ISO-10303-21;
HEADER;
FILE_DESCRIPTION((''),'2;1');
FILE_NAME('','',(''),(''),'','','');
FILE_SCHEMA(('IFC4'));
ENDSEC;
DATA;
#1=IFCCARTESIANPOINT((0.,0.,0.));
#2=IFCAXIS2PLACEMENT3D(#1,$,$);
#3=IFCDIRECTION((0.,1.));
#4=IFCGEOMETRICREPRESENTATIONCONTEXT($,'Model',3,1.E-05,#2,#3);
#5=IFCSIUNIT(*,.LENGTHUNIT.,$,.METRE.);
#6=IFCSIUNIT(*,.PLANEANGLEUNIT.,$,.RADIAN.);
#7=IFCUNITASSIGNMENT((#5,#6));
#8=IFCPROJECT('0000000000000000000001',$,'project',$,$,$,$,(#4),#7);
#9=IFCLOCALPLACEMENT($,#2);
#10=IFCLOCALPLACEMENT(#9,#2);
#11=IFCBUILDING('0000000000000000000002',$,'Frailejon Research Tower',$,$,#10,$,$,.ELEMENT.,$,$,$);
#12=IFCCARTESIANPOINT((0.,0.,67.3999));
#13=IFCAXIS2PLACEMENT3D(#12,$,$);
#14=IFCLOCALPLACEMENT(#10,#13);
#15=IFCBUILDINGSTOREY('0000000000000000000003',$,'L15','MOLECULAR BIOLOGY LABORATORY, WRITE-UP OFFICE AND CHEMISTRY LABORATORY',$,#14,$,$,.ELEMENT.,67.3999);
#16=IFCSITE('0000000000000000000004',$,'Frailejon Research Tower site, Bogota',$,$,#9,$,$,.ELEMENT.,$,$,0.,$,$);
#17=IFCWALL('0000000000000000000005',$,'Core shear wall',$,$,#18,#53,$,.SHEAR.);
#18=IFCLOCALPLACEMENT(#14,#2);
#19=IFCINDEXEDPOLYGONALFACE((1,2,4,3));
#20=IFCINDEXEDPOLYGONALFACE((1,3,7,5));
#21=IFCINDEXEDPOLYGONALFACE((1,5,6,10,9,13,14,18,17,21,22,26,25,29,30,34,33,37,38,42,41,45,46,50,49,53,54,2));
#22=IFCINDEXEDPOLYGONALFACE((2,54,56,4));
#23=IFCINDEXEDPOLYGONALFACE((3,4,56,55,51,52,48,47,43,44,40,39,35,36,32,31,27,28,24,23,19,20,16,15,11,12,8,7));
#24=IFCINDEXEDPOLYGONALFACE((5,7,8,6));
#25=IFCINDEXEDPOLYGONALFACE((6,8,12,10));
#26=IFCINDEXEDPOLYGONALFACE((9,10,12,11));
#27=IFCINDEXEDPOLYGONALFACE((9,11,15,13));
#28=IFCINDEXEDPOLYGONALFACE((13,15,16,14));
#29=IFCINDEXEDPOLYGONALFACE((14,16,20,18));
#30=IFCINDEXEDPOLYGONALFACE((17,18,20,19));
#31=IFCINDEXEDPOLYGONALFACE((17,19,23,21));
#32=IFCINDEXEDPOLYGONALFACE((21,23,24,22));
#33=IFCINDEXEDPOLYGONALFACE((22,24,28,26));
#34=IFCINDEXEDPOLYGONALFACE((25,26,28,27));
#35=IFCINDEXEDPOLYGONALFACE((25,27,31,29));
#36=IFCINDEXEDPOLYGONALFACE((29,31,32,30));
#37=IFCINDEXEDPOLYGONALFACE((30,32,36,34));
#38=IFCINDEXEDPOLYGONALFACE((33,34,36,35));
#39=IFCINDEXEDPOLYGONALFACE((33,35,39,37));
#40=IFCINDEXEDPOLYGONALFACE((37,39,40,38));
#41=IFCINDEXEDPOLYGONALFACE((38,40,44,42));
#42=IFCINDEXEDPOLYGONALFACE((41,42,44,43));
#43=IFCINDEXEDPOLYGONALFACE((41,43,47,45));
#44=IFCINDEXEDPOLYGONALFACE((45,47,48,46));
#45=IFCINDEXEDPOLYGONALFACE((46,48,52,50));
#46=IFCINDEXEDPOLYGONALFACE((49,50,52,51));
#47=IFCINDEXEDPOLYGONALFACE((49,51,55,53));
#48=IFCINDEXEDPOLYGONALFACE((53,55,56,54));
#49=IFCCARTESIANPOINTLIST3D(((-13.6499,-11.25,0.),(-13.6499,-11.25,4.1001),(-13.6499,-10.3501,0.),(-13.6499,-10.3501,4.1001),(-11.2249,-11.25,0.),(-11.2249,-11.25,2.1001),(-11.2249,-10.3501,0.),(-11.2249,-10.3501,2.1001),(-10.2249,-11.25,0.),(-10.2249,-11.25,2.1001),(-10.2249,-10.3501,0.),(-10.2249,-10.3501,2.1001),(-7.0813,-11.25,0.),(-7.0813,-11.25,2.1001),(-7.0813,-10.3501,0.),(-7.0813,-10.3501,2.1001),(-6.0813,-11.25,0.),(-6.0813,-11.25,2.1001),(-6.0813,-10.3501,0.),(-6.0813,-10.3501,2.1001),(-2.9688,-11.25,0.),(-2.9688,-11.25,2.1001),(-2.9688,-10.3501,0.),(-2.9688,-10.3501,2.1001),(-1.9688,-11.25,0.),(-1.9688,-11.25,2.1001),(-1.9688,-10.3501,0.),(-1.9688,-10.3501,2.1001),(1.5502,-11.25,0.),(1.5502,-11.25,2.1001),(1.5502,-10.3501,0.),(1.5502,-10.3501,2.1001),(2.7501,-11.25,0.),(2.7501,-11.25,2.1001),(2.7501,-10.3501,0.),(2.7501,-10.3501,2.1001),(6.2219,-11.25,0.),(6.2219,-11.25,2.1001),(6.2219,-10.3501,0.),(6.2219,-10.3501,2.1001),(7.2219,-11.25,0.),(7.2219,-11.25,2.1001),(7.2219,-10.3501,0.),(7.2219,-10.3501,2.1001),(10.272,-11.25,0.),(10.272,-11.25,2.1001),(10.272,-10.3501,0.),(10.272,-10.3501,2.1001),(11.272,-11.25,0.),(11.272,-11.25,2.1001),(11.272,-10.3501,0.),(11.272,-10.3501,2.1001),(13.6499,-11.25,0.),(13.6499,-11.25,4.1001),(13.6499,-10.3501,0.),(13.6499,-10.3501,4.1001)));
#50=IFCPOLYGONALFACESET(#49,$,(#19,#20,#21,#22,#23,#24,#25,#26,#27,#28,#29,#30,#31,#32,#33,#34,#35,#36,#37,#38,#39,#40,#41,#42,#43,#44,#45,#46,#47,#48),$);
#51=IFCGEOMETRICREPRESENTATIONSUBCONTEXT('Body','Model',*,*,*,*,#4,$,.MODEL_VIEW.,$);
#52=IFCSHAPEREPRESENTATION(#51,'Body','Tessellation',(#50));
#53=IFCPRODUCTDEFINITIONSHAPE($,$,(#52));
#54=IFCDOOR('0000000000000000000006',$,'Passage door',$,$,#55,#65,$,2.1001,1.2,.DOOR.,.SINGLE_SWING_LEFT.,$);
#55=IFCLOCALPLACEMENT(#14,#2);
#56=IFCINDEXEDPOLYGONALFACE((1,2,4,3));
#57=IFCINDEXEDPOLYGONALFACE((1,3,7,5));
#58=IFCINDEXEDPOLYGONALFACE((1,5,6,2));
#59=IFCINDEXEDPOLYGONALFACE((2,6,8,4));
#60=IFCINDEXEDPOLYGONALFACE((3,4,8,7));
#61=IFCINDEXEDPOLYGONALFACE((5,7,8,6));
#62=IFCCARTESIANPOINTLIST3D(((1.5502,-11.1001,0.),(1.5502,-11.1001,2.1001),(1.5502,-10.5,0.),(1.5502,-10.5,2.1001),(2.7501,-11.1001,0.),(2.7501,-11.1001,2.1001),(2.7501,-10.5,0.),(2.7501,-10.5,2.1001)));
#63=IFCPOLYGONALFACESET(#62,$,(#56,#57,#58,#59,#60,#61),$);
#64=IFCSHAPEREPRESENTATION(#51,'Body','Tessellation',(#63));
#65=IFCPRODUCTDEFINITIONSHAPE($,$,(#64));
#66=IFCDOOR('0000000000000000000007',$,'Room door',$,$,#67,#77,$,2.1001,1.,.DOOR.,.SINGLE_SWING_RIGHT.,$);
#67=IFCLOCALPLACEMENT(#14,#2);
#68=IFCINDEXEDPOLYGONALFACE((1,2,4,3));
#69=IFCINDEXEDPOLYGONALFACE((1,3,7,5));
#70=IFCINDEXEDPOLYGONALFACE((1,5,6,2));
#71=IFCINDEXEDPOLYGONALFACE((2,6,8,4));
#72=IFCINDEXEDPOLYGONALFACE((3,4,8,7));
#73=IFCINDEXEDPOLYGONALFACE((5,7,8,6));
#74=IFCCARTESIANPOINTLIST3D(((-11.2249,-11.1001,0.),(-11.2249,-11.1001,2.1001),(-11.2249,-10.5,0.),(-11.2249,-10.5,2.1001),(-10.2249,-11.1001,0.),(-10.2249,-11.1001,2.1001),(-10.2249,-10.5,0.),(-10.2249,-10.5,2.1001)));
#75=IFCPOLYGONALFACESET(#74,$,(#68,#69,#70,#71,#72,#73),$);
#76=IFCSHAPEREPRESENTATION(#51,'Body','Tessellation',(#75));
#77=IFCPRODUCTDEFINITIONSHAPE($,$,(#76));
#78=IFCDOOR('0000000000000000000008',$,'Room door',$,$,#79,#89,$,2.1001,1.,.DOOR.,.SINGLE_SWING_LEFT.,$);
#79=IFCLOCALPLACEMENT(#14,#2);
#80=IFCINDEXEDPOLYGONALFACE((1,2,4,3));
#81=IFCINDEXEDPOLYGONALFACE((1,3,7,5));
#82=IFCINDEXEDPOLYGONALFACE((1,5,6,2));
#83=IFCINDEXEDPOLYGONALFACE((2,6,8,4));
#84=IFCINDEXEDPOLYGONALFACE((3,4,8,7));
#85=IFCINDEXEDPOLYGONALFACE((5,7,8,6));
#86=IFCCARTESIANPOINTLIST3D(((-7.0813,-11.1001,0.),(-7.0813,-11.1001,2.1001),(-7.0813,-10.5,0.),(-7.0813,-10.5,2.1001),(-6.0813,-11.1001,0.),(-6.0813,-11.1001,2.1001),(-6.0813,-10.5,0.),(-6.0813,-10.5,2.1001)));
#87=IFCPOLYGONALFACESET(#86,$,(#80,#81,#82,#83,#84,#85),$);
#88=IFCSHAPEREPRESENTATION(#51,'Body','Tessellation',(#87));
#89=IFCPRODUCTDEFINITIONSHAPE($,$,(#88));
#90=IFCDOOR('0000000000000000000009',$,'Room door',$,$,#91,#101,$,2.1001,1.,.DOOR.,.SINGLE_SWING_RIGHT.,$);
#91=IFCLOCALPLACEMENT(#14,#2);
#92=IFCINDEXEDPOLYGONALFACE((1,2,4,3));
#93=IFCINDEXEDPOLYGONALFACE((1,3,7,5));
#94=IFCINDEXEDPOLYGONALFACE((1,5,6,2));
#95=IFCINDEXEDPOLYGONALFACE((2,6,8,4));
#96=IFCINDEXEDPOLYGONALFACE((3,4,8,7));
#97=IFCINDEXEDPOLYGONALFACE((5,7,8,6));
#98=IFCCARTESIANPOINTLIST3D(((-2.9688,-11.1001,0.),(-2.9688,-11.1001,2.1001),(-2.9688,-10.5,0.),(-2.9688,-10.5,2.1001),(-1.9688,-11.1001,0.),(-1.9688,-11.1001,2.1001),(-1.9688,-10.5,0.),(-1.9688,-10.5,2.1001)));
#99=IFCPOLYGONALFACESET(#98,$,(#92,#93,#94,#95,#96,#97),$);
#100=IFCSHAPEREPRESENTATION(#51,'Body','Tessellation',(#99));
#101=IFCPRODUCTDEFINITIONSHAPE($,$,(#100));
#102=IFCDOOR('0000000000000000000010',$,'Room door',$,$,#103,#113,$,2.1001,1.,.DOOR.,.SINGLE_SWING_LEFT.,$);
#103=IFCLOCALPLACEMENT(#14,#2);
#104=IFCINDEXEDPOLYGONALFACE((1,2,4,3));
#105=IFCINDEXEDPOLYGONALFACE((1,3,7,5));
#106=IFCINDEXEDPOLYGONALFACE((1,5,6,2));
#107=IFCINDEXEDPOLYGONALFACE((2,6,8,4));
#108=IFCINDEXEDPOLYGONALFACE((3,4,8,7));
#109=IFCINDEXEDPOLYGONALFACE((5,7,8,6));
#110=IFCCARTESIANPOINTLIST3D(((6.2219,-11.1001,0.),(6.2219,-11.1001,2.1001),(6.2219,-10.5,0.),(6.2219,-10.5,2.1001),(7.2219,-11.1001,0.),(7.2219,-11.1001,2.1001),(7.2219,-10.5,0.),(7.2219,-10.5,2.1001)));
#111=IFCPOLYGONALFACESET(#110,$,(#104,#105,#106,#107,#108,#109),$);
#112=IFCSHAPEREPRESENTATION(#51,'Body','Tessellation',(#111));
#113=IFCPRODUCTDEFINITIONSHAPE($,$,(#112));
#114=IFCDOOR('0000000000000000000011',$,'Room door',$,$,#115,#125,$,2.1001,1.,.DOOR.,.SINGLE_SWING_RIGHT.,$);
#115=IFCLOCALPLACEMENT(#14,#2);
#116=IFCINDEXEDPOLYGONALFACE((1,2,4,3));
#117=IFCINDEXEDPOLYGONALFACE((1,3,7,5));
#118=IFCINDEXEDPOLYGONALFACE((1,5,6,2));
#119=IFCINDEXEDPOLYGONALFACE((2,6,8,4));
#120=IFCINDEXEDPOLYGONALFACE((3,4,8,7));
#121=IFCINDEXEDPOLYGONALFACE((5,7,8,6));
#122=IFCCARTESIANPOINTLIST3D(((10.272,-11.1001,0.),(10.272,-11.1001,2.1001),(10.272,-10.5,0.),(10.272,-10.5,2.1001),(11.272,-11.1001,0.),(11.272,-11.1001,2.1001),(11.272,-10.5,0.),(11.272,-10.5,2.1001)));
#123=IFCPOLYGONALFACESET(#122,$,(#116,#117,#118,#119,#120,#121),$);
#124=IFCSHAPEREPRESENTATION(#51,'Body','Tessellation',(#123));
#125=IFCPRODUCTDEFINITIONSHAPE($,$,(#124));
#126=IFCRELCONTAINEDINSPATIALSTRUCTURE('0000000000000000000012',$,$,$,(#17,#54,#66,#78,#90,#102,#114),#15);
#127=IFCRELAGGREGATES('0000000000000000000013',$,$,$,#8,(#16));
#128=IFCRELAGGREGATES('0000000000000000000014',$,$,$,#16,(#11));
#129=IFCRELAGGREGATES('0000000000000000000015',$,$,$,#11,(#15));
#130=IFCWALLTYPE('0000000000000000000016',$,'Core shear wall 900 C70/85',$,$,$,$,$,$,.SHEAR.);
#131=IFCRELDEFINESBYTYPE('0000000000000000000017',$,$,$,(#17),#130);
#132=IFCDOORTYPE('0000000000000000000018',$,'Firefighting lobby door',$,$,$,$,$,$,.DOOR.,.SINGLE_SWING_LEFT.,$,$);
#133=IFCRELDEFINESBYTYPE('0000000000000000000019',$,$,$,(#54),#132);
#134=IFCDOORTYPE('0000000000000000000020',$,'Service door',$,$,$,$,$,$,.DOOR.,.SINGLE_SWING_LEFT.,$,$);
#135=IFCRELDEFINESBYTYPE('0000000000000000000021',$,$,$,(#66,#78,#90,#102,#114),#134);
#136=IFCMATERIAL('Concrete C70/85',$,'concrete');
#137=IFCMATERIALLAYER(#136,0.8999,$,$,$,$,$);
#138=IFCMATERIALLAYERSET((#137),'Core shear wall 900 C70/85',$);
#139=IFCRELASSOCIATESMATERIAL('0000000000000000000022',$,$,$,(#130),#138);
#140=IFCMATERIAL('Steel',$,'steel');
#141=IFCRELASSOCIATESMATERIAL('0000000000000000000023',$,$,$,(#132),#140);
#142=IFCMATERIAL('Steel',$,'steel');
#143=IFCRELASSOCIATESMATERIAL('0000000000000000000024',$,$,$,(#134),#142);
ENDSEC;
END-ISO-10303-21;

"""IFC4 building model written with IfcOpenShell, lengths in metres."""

from ifc_helpers import new_model, si_unit, direction, frame, frame_2d, origin, place, context, subcontext, project, spatial, rectangle, extrude, material, layer, layer_set, type_object, element, fill, save


model = new_model("IFC4")

# Units and contexts
model_context = context("Model", 3, precision=1e-05, world=origin(), true_north=direction((0.0, 1.0)))
body_context = subcontext(model_context, "Body", "Model", "MODEL_VIEW")
ifc_project = project(units=[si_unit("LENGTHUNIT", "METRE"), si_unit("PLANEANGLEUNIT", "RADIAN")], contexts=[model_context])

# Site, building, storey
site_placement = place(None, origin())
site = spatial("IfcSite", under=ifc_project, at=site_placement, Name="Frailejon Research Tower site, Bogota", CompositionType="ELEMENT", RefElevation=0.0)
building_placement = place(site_placement, origin())
building = spatial("IfcBuilding", under=site, at=building_placement, Name="Frailejon Research Tower", CompositionType="ELEMENT")
storey_placement = place(building_placement, frame((0.0, 0.0, 67.3999)))
storey = spatial("IfcBuildingStorey", under=building, at=storey_placement, Name="L15", Description="MOLECULAR BIOLOGY LABORATORY, WRITE-UP OFFICE AND CHEMISTRY LABORATORY", CompositionType="ELEMENT", Elevation=67.3999)

# Wall, openings, doors
ifc_material_1 = material(Name="Concrete C70/85", Category="concrete")
ifc_layer_1 = layer(ifc_material_1, 0.8999)
ifc_layer_set_1 = layer_set([ifc_layer_1], Name="Core shear wall 900 C70/85")
wall_type_1 = type_object("IfcWallType", Name="Core shear wall 900 C70/85", PredefinedType="SHEAR", material=ifc_layer_set_1)
wall_1_placement = place(storey_placement, frame((-13.6499, -10.8, 0.0), z_axis=(0.0, 0.0, 1.0), x_axis=(1.0, 0.0, 0.0)))
wall_1 = element("IfcWall", 1, at=wall_1_placement, inside=storey, type_object=wall_type_1, Name="Core shear wall", PredefinedType="SHEAR", context=body_context, shape_type="SweptSolid", body=[
    extrude(rectangle(XDim=27.2998, YDim=0.8999, at=frame_2d((13.6499, 0.0))), origin(), (0.0, 0.0, 1.0), 4.1001),
])
opening_1_placement = place(wall_1_placement, frame((2.425, 0.0, 0.0)))
opening_1 = element("IfcOpeningElement", 2, at=opening_1_placement, cuts=wall_1, PredefinedType="OPENING", context=body_context, shape_type="SweptSolid", body=[
    extrude(rectangle(XDim=1.0, YDim=2.1001, at=frame_2d((0.5, 1.05))), frame((0.0, 0.46, 0.0), z_axis=(0.0, -1.0, 0.0), x_axis=(1.0, 0.0, 0.0)), (0.0, 0.0, 1.0), 0.9199),
])
opening_2_placement = place(wall_1_placement, frame((6.5686, 0.0, 0.0)))
opening_2 = element("IfcOpeningElement", 3, at=opening_2_placement, cuts=wall_1, PredefinedType="OPENING", context=body_context, shape_type="SweptSolid", body=[
    extrude(rectangle(XDim=1.0, YDim=2.1001, at=frame_2d((0.5, 1.05))), frame((0.0, 0.46, 0.0), z_axis=(0.0, -1.0, 0.0), x_axis=(1.0, 0.0, 0.0)), (0.0, 0.0, 1.0), 0.9199),
])
opening_3_placement = place(wall_1_placement, frame((10.6812, 0.0, 0.0)))
opening_3 = element("IfcOpeningElement", 4, at=opening_3_placement, cuts=wall_1, PredefinedType="OPENING", context=body_context, shape_type="SweptSolid", body=[
    extrude(rectangle(XDim=1.0, YDim=2.1001, at=frame_2d((0.5, 1.05))), frame((0.0, 0.46, 0.0), z_axis=(0.0, -1.0, 0.0), x_axis=(1.0, 0.0, 0.0)), (0.0, 0.0, 1.0), 0.9199),
])
opening_4_placement = place(wall_1_placement, frame((19.8718, 0.0, 0.0)))
opening_4 = element("IfcOpeningElement", 5, at=opening_4_placement, cuts=wall_1, PredefinedType="OPENING", context=body_context, shape_type="SweptSolid", body=[
    extrude(rectangle(XDim=1.0, YDim=2.1001, at=frame_2d((0.5, 1.05))), frame((0.0, 0.46, 0.0), z_axis=(0.0, -1.0, 0.0), x_axis=(1.0, 0.0, 0.0)), (0.0, 0.0, 1.0), 0.9199),
])
opening_5_placement = place(wall_1_placement, frame((23.9219, 0.0, 0.0)))
opening_5 = element("IfcOpeningElement", 6, at=opening_5_placement, cuts=wall_1, PredefinedType="OPENING", context=body_context, shape_type="SweptSolid", body=[
    extrude(rectangle(XDim=1.0, YDim=2.1001, at=frame_2d((0.5, 1.05))), frame((0.0, 0.46, 0.0), z_axis=(0.0, -1.0, 0.0), x_axis=(1.0, 0.0, 0.0)), (0.0, 0.0, 1.0), 0.9199),
])
opening_6_placement = place(wall_1_placement, frame((15.2, 0.0, 0.0)))
opening_6 = element("IfcOpeningElement", 7, at=opening_6_placement, cuts=wall_1, PredefinedType="OPENING", context=body_context, shape_type="SweptSolid", body=[
    extrude(rectangle(XDim=1.2, YDim=2.1001, at=frame_2d((0.6001, 1.05))), frame((0.0, 0.46, 0.0), z_axis=(0.0, -1.0, 0.0), x_axis=(1.0, 0.0, 0.0)), (0.0, 0.0, 1.0), 0.9199),
])
ifc_material_2 = material(Name="Steel", Category="steel")
door_type_1 = type_object("IfcDoorType", Name="Firefighting lobby door", OperationType="SINGLE_SWING_LEFT", PredefinedType="DOOR", material=ifc_material_2)
door_1_placement = place(opening_6_placement, origin())
door_1 = element("IfcDoor", 8, at=door_1_placement, inside=storey, type_object=door_type_1, Name="Passage door", OperationType="SINGLE_SWING_LEFT", OverallHeight=2.1001, OverallWidth=1.2, PredefinedType="DOOR", context=body_context, shape_type="SweptSolid", body=[
    extrude(rectangle(XDim=1.2, YDim=2.1001, at=frame_2d((0.6001, 1.05))), frame((0.0, 0.3, 0.0), z_axis=(0.0, -1.0, 0.0), x_axis=(1.0, 0.0, 0.0)), (0.0, 0.0, 1.0), 0.6001),
])
fill(opening_6, door_1)
ifc_material_3 = material(Name="Steel", Category="steel")
door_type_2 = type_object("IfcDoorType", Name="Service door", OperationType="SINGLE_SWING_LEFT", PredefinedType="DOOR", material=ifc_material_3)
door_2_placement = place(opening_1_placement, origin())
door_2 = element("IfcDoor", 9, at=door_2_placement, inside=storey, type_object=door_type_2, Name="Room door", OperationType="SINGLE_SWING_RIGHT", OverallHeight=2.1001, OverallWidth=1.0, PredefinedType="DOOR", context=body_context, shape_type="SweptSolid", body=[
    extrude(rectangle(XDim=1.0, YDim=2.1001, at=frame_2d((0.5, 1.05))), frame((0.0, 0.3, 0.0), z_axis=(0.0, -1.0, 0.0), x_axis=(1.0, 0.0, 0.0)), (0.0, 0.0, 1.0), 0.6001),
])
fill(opening_1, door_2)
door_3_placement = place(opening_2_placement, origin())
door_3 = element("IfcDoor", 10, at=door_3_placement, inside=storey, type_object=door_type_2, Name="Room door", OperationType="SINGLE_SWING_LEFT", OverallHeight=2.1001, OverallWidth=1.0, PredefinedType="DOOR", context=body_context, shape_type="SweptSolid", body=[
    extrude(rectangle(XDim=1.0, YDim=2.1001, at=frame_2d((0.5, 1.05))), frame((0.0, 0.3, 0.0), z_axis=(0.0, -1.0, 0.0), x_axis=(1.0, 0.0, 0.0)), (0.0, 0.0, 1.0), 0.6001),
])
fill(opening_2, door_3)
door_4_placement = place(opening_3_placement, origin())
door_4 = element("IfcDoor", 11, at=door_4_placement, inside=storey, type_object=door_type_2, Name="Room door", OperationType="SINGLE_SWING_RIGHT", OverallHeight=2.1001, OverallWidth=1.0, PredefinedType="DOOR", context=body_context, shape_type="SweptSolid", body=[
    extrude(rectangle(XDim=1.0, YDim=2.1001, at=frame_2d((0.5, 1.05))), frame((0.0, 0.3, 0.0), z_axis=(0.0, -1.0, 0.0), x_axis=(1.0, 0.0, 0.0)), (0.0, 0.0, 1.0), 0.6001),
])
fill(opening_3, door_4)
door_5_placement = place(opening_4_placement, origin())
door_5 = element("IfcDoor", 12, at=door_5_placement, inside=storey, type_object=door_type_2, Name="Room door", OperationType="SINGLE_SWING_LEFT", OverallHeight=2.1001, OverallWidth=1.0, PredefinedType="DOOR", context=body_context, shape_type="SweptSolid", body=[
    extrude(rectangle(XDim=1.0, YDim=2.1001, at=frame_2d((0.5, 1.05))), frame((0.0, 0.3, 0.0), z_axis=(0.0, -1.0, 0.0), x_axis=(1.0, 0.0, 0.0)), (0.0, 0.0, 1.0), 0.6001),
])
fill(opening_4, door_5)
door_6_placement = place(opening_5_placement, origin())
door_6 = element("IfcDoor", 13, at=door_6_placement, inside=storey, type_object=door_type_2, Name="Room door", OperationType="SINGLE_SWING_RIGHT", OverallHeight=2.1001, OverallWidth=1.0, PredefinedType="DOOR", context=body_context, shape_type="SweptSolid", body=[
    extrude(rectangle(XDim=1.0, YDim=2.1001, at=frame_2d((0.5, 1.05))), frame((0.0, 0.3, 0.0), z_axis=(0.0, -1.0, 0.0), x_axis=(1.0, 0.0, 0.0)), (0.0, 0.0, 1.0), 0.6001),
])
fill(opening_5, door_6)

save(model, "model.ifc")
